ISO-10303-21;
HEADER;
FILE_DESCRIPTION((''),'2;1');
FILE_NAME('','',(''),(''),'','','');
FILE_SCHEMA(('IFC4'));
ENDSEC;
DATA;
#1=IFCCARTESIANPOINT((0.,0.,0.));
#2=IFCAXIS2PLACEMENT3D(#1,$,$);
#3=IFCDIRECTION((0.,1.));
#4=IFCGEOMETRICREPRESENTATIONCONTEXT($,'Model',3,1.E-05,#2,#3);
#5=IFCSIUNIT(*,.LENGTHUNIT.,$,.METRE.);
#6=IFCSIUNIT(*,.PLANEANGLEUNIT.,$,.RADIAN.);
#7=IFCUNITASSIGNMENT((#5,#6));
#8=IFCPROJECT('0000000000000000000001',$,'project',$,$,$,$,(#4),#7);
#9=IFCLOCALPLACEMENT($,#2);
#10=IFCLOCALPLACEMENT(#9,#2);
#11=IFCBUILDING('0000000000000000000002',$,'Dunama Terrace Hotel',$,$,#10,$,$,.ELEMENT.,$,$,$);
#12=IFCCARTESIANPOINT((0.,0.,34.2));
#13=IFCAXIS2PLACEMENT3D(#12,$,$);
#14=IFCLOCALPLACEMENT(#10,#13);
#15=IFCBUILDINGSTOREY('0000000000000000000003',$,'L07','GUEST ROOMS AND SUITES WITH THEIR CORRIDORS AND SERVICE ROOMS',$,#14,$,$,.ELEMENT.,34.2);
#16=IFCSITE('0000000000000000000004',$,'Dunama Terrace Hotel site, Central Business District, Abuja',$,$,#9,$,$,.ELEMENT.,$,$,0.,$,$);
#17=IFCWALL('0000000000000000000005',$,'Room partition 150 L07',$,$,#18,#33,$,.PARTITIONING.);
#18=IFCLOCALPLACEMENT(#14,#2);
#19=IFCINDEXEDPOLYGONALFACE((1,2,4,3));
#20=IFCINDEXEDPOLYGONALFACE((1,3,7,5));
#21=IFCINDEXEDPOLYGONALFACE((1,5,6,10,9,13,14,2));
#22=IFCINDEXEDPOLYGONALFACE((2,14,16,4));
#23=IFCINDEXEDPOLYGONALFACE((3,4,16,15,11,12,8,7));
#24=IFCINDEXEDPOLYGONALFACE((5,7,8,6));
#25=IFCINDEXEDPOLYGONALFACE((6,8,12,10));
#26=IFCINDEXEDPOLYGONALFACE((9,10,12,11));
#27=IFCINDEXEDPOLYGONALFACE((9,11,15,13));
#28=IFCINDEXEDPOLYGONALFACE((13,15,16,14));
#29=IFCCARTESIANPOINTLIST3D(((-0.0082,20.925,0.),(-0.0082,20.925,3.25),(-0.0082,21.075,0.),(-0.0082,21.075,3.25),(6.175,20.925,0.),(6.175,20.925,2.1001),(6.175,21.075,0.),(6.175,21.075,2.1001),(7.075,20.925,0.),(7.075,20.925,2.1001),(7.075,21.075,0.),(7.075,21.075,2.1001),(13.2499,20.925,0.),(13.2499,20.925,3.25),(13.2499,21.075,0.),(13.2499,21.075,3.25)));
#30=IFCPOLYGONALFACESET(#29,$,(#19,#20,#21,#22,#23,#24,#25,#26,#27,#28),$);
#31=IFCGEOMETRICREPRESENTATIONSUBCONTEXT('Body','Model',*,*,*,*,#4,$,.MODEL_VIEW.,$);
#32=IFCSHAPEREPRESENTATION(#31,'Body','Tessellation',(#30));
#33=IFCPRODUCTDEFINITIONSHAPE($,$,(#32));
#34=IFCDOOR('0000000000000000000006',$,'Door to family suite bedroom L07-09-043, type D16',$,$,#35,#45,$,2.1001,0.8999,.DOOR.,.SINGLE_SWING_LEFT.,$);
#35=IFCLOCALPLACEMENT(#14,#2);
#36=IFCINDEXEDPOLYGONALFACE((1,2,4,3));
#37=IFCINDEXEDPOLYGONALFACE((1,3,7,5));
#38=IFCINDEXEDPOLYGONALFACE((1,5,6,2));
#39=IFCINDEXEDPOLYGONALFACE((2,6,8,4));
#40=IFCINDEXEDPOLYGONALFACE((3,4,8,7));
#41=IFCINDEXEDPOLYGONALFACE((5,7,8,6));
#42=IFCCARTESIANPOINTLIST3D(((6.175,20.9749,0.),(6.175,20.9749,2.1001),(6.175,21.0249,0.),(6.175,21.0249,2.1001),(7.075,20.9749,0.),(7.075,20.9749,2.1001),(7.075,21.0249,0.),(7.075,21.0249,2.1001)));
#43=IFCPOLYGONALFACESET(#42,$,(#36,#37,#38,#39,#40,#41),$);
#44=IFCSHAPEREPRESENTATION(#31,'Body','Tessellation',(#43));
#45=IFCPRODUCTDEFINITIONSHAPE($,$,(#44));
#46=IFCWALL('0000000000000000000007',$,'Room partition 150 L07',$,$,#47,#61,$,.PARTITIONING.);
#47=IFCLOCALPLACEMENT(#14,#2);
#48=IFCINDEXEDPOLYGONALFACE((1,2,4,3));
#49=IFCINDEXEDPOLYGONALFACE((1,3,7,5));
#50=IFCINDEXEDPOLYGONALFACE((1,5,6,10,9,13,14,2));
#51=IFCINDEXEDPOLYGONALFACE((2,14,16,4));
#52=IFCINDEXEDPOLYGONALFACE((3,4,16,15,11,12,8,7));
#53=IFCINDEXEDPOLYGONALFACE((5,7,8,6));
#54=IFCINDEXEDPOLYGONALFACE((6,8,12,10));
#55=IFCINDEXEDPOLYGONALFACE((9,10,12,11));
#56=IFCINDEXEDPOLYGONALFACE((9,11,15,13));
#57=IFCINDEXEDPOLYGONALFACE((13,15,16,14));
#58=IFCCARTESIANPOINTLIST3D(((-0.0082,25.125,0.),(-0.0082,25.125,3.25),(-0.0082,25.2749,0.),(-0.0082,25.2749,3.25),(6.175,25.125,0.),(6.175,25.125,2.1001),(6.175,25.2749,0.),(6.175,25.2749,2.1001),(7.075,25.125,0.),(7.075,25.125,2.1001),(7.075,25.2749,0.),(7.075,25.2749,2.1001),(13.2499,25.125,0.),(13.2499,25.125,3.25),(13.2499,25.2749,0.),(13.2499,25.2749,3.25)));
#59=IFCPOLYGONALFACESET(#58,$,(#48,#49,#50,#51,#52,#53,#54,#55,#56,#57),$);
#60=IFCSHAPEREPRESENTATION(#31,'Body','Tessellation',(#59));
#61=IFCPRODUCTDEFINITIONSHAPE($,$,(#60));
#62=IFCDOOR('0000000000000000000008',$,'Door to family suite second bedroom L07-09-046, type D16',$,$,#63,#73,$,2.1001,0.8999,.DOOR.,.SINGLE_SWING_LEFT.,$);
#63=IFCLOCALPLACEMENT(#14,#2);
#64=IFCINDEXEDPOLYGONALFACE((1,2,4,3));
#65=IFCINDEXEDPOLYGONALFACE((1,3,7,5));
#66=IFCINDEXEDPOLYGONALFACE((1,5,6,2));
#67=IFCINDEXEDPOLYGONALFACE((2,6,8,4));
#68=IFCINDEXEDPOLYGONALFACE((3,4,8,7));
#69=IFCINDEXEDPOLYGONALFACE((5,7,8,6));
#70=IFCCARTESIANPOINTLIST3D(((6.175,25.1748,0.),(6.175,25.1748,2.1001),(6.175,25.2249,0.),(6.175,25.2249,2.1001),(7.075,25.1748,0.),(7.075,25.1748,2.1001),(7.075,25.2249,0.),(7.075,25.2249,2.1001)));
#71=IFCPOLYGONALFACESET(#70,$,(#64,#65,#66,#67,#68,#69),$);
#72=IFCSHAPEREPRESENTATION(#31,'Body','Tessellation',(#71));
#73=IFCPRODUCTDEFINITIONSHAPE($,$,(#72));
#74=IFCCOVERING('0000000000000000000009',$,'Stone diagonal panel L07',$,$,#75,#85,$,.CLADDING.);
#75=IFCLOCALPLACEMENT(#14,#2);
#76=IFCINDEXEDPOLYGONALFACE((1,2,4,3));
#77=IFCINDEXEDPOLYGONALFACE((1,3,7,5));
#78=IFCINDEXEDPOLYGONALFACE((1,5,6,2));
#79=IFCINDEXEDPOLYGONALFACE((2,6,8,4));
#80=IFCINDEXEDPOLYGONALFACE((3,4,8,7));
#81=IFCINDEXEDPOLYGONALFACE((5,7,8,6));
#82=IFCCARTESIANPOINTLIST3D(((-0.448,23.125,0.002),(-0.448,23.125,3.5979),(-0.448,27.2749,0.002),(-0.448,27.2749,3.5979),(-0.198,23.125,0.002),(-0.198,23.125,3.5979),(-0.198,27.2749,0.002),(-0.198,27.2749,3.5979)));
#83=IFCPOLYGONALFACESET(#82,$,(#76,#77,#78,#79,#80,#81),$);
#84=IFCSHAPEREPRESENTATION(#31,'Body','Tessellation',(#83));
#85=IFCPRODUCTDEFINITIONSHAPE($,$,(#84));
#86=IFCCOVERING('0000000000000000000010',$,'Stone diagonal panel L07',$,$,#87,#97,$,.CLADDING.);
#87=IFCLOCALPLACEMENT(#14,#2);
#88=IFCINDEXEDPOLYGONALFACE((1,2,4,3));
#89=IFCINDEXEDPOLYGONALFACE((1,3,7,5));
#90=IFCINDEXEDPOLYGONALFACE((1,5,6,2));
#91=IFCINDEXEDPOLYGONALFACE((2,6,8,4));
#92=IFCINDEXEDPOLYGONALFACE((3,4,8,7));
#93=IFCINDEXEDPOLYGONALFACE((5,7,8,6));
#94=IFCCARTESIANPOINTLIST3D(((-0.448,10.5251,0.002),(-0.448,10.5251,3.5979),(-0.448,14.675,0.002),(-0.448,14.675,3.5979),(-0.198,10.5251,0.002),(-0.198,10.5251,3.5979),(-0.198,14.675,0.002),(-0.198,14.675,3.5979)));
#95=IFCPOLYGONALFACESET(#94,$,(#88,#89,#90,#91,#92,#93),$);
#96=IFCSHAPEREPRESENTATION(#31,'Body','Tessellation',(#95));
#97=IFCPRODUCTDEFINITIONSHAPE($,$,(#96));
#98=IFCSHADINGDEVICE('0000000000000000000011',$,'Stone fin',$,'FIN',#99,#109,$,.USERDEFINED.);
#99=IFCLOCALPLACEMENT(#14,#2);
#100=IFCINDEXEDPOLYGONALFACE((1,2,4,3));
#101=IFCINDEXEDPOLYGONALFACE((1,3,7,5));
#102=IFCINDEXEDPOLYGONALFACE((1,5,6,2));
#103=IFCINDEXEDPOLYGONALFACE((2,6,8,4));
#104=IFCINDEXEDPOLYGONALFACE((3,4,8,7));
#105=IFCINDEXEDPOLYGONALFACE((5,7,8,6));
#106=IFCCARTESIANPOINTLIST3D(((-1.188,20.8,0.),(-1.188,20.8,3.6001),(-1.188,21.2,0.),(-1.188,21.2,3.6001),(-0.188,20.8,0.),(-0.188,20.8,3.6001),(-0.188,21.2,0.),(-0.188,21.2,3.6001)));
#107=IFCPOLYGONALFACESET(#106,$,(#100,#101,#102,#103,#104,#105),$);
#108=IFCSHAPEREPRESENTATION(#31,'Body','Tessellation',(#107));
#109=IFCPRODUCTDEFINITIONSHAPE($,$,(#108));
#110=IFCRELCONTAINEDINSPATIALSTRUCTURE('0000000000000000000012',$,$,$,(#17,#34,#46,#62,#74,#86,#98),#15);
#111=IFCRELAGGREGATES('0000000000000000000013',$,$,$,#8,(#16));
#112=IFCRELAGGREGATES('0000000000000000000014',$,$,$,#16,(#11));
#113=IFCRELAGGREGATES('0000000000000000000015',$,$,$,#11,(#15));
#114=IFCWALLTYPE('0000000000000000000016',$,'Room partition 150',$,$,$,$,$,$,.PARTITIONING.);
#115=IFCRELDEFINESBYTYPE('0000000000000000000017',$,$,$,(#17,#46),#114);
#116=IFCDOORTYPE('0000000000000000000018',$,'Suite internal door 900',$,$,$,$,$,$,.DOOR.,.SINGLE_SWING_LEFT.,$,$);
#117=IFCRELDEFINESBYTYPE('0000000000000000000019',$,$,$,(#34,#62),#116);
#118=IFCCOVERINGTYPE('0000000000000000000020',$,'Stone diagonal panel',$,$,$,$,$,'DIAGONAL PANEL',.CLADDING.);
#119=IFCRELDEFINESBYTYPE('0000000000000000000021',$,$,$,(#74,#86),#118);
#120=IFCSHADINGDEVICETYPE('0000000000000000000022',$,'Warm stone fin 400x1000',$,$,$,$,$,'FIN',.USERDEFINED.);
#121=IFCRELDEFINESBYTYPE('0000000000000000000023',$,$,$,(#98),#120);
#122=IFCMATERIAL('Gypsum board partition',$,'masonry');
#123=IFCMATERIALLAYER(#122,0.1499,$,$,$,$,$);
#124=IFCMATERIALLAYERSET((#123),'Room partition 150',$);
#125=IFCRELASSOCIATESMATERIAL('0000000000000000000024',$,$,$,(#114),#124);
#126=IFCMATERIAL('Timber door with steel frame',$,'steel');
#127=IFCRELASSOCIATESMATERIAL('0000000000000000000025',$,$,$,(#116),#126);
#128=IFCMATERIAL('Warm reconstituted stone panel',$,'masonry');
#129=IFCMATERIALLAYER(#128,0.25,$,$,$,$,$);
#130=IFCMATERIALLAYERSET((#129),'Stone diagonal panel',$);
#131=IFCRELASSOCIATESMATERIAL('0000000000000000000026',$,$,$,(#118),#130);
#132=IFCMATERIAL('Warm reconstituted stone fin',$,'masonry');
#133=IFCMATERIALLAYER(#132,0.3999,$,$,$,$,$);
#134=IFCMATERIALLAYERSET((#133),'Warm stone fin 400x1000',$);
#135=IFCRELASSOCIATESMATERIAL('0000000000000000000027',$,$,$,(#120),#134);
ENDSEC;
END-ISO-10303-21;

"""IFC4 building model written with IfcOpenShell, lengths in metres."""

from ifc_helpers import new_model, si_unit, direction, frame, frame_2d, origin, origin_2d, place, context, subcontext, project, spatial, rectangle, extrude, material, layer, layer_set, type_object, element, fill, save


model = new_model("IFC4")

# Units and contexts
model_context = context("Model", 3, precision=1e-05, world=origin(), true_north=direction((0.0, 1.0)))
body_context = subcontext(model_context, "Body", "Model", "MODEL_VIEW")
ifc_project = project(units=[si_unit("LENGTHUNIT", "METRE"), si_unit("PLANEANGLEUNIT", "RADIAN")], contexts=[model_context])

# Site, building, storey
site_placement = place(None, origin())
site = spatial("IfcSite", under=ifc_project, at=site_placement, Name="Dunama Terrace Hotel site, Central Business District, Abuja", CompositionType="ELEMENT", RefElevation=0.0)
building_placement = place(site_placement, origin())
building = spatial("IfcBuilding", under=site, at=building_placement, Name="Dunama Terrace Hotel", CompositionType="ELEMENT")
storey_placement = place(building_placement, frame((0.0, 0.0, 34.2)))
storey = spatial("IfcBuildingStorey", under=building, at=storey_placement, Name="L07", Description="GUEST ROOMS AND SUITES WITH THEIR CORRIDORS AND SERVICE ROOMS", CompositionType="ELEMENT", Elevation=34.2)

# Shared definitions
ifc_material_1 = material(Name="Gypsum board partition", Category="masonry")
ifc_layer_1 = layer(ifc_material_1, 0.1499)
ifc_layer_set_1 = layer_set([ifc_layer_1], Name="Room partition 150")
wall_type_1 = type_object("IfcWallType", Name="Room partition 150", PredefinedType="PARTITIONING", material=ifc_layer_set_1)

# Shared definitions
ifc_material_2 = material(Name="Timber door with steel frame", Category="steel")
door_type_1 = type_object("IfcDoorType", Name="Suite internal door 900", OperationType="SINGLE_SWING_LEFT", PredefinedType="DOOR", material=ifc_material_2)

# Walls, openings, doors
wall_1_placement = place(storey_placement, frame((-0.0081, 21.0, 0.0), z_axis=(0.0, 0.0, 1.0), x_axis=(1.0, 0.0, 0.0)))
wall_1 = element("IfcWall", 1, at=wall_1_placement, inside=storey, type_object=wall_type_1, Name="Room partition 150 L07", PredefinedType="PARTITIONING", context=body_context, shape_type="SweptSolid", body=[
    extrude(rectangle(XDim=13.2581, YDim=0.1499, at=frame_2d((6.6289, 0.0))), origin(), (0.0, 0.0, 1.0), 3.25),
])
opening_1_placement = place(wall_1_placement, frame((6.1831, 0.0, 0.0)))
opening_1 = element("IfcOpeningElement", 2, at=opening_1_placement, cuts=wall_1, PredefinedType="OPENING", context=body_context, shape_type="SweptSolid", body=[
    extrude(rectangle(XDim=0.8999, YDim=2.1001, at=frame_2d((0.45, 1.05))), frame((0.0, 0.085, 0.0), z_axis=(0.0, -1.0, 0.0), x_axis=(1.0, 0.0, 0.0)), (0.0, 0.0, 1.0), 0.1699),
])
door_1_placement = place(opening_1_placement, frame((0.8999, 0.0, 0.0), z_axis=(0.0, 0.0, 1.0), x_axis=(-1.0, 0.0, 0.0)))
door_1 = element("IfcDoor", 3, at=door_1_placement, inside=storey, type_object=door_type_1, Name="Door to family suite bedroom L07-09-043, type D16", OperationType="SINGLE_SWING_LEFT", OverallHeight=2.1001, OverallWidth=0.8999, PredefinedType="DOOR", context=body_context, shape_type="SweptSolid", body=[
    extrude(rectangle(XDim=0.8999, YDim=2.1001, at=frame_2d((0.45, 1.05))), frame((0.0, 0.0251, 0.0), z_axis=(0.0, -1.0, 0.0), x_axis=(1.0, 0.0, 0.0)), (0.0, 0.0, 1.0), 0.05),
])
fill(opening_1, door_1)
wall_2_placement = place(storey_placement, frame((-0.0081, 25.2, 0.0), z_axis=(0.0, 0.0, 1.0), x_axis=(1.0, 0.0, 0.0)))
wall_2 = element("IfcWall", 4, at=wall_2_placement, inside=storey, type_object=wall_type_1, Name="Room partition 150 L07", PredefinedType="PARTITIONING", context=body_context, shape_type="SweptSolid", body=[
    extrude(rectangle(XDim=13.2581, YDim=0.1499, at=frame_2d((6.6289, 0.0))), origin(), (0.0, 0.0, 1.0), 3.25),
])
opening_2_placement = place(wall_2_placement, frame((6.1831, 0.0, 0.0)))
opening_2 = element("IfcOpeningElement", 5, at=opening_2_placement, cuts=wall_2, PredefinedType="OPENING", context=body_context, shape_type="SweptSolid", body=[
    extrude(rectangle(XDim=0.8999, YDim=2.1001, at=frame_2d((0.45, 1.05))), frame((0.0, 0.085, 0.0), z_axis=(0.0, -1.0, 0.0), x_axis=(1.0, 0.0, 0.0)), (0.0, 0.0, 1.0), 0.1699),
])
door_2_placement = place(opening_2_placement, origin())
door_2 = element("IfcDoor", 6, at=door_2_placement, inside=storey, type_object=door_type_1, Name="Door to family suite second bedroom L07-09-046, type D16", OperationType="SINGLE_SWING_LEFT", OverallHeight=2.1001, OverallWidth=0.8999, PredefinedType="DOOR", context=body_context, shape_type="SweptSolid", body=[
    extrude(rectangle(XDim=0.8999, YDim=2.1001, at=frame_2d((0.45, 1.05))), frame((0.0, 0.0249, 0.0), z_axis=(0.0, -1.0, 0.0), x_axis=(1.0, 0.0, 0.0)), (0.0, 0.0, 1.0), 0.05),
])
fill(opening_2, door_2)

# Coverings
ifc_material_3 = material(Name="Warm reconstituted stone panel", Category="masonry")
ifc_layer_2 = layer(ifc_material_3, 0.25)
ifc_layer_set_2 = layer_set([ifc_layer_2], Name="Stone diagonal panel")
covering_type = type_object("IfcCoveringType", Name="Stone diagonal panel", ElementType="DIAGONAL PANEL", PredefinedType="CLADDING", material=ifc_layer_set_2)
for number, where, z_axis, x_axis, name in (
    (7, (-0.323, 25.2, 0.002), (0.0, 0.0, 1.0), (0.0, -1.0, 0.0), "Stone diagonal panel L07"),
    (8, (-0.323, 12.6001, 0.002), (0.0, 0.0, 1.0), (0.0, -1.0, 0.0), "Stone diagonal panel L07"),
):
    element("IfcCovering", number, at=place(storey_placement, frame(where, z_axis=z_axis, x_axis=x_axis)), inside=storey, type_object=covering_type, Name=name, PredefinedType="CLADDING", context=body_context, shape_type="SweptSolid", body=[
        extrude(rectangle(XDim=4.1499, YDim=0.25, at=origin_2d()), origin(), (0.0, 0.0, 1.0), 3.5959),
    ])

# Shading device
ifc_material_4 = material(Name="Warm reconstituted stone fin", Category="masonry")
ifc_layer_3 = layer(ifc_material_4, 0.3999)
ifc_layer_set_3 = layer_set([ifc_layer_3], Name="Warm stone fin 400x1000")
shading_device_type = type_object("IfcShadingDeviceType", Name="Warm stone fin 400x1000", ElementType="FIN", PredefinedType="USERDEFINED", material=ifc_layer_set_3)
shading_device_placement = place(storey_placement, frame((-0.688, 21.0, 0.0), z_axis=(0.0, 0.0, 1.0), x_axis=(0.0, -1.0, 0.0)))
element("IfcShadingDevice", 9, at=shading_device_placement, inside=storey, type_object=shading_device_type, Name="Stone fin", ObjectType="FIN", PredefinedType="USERDEFINED", context=body_context, shape_type="SweptSolid", body=[
    extrude(rectangle(XDim=0.3999, YDim=1.0, at=origin_2d()), origin(), (0.0, 0.0, 1.0), 3.6001),
])

save(model, "model.ifc")
